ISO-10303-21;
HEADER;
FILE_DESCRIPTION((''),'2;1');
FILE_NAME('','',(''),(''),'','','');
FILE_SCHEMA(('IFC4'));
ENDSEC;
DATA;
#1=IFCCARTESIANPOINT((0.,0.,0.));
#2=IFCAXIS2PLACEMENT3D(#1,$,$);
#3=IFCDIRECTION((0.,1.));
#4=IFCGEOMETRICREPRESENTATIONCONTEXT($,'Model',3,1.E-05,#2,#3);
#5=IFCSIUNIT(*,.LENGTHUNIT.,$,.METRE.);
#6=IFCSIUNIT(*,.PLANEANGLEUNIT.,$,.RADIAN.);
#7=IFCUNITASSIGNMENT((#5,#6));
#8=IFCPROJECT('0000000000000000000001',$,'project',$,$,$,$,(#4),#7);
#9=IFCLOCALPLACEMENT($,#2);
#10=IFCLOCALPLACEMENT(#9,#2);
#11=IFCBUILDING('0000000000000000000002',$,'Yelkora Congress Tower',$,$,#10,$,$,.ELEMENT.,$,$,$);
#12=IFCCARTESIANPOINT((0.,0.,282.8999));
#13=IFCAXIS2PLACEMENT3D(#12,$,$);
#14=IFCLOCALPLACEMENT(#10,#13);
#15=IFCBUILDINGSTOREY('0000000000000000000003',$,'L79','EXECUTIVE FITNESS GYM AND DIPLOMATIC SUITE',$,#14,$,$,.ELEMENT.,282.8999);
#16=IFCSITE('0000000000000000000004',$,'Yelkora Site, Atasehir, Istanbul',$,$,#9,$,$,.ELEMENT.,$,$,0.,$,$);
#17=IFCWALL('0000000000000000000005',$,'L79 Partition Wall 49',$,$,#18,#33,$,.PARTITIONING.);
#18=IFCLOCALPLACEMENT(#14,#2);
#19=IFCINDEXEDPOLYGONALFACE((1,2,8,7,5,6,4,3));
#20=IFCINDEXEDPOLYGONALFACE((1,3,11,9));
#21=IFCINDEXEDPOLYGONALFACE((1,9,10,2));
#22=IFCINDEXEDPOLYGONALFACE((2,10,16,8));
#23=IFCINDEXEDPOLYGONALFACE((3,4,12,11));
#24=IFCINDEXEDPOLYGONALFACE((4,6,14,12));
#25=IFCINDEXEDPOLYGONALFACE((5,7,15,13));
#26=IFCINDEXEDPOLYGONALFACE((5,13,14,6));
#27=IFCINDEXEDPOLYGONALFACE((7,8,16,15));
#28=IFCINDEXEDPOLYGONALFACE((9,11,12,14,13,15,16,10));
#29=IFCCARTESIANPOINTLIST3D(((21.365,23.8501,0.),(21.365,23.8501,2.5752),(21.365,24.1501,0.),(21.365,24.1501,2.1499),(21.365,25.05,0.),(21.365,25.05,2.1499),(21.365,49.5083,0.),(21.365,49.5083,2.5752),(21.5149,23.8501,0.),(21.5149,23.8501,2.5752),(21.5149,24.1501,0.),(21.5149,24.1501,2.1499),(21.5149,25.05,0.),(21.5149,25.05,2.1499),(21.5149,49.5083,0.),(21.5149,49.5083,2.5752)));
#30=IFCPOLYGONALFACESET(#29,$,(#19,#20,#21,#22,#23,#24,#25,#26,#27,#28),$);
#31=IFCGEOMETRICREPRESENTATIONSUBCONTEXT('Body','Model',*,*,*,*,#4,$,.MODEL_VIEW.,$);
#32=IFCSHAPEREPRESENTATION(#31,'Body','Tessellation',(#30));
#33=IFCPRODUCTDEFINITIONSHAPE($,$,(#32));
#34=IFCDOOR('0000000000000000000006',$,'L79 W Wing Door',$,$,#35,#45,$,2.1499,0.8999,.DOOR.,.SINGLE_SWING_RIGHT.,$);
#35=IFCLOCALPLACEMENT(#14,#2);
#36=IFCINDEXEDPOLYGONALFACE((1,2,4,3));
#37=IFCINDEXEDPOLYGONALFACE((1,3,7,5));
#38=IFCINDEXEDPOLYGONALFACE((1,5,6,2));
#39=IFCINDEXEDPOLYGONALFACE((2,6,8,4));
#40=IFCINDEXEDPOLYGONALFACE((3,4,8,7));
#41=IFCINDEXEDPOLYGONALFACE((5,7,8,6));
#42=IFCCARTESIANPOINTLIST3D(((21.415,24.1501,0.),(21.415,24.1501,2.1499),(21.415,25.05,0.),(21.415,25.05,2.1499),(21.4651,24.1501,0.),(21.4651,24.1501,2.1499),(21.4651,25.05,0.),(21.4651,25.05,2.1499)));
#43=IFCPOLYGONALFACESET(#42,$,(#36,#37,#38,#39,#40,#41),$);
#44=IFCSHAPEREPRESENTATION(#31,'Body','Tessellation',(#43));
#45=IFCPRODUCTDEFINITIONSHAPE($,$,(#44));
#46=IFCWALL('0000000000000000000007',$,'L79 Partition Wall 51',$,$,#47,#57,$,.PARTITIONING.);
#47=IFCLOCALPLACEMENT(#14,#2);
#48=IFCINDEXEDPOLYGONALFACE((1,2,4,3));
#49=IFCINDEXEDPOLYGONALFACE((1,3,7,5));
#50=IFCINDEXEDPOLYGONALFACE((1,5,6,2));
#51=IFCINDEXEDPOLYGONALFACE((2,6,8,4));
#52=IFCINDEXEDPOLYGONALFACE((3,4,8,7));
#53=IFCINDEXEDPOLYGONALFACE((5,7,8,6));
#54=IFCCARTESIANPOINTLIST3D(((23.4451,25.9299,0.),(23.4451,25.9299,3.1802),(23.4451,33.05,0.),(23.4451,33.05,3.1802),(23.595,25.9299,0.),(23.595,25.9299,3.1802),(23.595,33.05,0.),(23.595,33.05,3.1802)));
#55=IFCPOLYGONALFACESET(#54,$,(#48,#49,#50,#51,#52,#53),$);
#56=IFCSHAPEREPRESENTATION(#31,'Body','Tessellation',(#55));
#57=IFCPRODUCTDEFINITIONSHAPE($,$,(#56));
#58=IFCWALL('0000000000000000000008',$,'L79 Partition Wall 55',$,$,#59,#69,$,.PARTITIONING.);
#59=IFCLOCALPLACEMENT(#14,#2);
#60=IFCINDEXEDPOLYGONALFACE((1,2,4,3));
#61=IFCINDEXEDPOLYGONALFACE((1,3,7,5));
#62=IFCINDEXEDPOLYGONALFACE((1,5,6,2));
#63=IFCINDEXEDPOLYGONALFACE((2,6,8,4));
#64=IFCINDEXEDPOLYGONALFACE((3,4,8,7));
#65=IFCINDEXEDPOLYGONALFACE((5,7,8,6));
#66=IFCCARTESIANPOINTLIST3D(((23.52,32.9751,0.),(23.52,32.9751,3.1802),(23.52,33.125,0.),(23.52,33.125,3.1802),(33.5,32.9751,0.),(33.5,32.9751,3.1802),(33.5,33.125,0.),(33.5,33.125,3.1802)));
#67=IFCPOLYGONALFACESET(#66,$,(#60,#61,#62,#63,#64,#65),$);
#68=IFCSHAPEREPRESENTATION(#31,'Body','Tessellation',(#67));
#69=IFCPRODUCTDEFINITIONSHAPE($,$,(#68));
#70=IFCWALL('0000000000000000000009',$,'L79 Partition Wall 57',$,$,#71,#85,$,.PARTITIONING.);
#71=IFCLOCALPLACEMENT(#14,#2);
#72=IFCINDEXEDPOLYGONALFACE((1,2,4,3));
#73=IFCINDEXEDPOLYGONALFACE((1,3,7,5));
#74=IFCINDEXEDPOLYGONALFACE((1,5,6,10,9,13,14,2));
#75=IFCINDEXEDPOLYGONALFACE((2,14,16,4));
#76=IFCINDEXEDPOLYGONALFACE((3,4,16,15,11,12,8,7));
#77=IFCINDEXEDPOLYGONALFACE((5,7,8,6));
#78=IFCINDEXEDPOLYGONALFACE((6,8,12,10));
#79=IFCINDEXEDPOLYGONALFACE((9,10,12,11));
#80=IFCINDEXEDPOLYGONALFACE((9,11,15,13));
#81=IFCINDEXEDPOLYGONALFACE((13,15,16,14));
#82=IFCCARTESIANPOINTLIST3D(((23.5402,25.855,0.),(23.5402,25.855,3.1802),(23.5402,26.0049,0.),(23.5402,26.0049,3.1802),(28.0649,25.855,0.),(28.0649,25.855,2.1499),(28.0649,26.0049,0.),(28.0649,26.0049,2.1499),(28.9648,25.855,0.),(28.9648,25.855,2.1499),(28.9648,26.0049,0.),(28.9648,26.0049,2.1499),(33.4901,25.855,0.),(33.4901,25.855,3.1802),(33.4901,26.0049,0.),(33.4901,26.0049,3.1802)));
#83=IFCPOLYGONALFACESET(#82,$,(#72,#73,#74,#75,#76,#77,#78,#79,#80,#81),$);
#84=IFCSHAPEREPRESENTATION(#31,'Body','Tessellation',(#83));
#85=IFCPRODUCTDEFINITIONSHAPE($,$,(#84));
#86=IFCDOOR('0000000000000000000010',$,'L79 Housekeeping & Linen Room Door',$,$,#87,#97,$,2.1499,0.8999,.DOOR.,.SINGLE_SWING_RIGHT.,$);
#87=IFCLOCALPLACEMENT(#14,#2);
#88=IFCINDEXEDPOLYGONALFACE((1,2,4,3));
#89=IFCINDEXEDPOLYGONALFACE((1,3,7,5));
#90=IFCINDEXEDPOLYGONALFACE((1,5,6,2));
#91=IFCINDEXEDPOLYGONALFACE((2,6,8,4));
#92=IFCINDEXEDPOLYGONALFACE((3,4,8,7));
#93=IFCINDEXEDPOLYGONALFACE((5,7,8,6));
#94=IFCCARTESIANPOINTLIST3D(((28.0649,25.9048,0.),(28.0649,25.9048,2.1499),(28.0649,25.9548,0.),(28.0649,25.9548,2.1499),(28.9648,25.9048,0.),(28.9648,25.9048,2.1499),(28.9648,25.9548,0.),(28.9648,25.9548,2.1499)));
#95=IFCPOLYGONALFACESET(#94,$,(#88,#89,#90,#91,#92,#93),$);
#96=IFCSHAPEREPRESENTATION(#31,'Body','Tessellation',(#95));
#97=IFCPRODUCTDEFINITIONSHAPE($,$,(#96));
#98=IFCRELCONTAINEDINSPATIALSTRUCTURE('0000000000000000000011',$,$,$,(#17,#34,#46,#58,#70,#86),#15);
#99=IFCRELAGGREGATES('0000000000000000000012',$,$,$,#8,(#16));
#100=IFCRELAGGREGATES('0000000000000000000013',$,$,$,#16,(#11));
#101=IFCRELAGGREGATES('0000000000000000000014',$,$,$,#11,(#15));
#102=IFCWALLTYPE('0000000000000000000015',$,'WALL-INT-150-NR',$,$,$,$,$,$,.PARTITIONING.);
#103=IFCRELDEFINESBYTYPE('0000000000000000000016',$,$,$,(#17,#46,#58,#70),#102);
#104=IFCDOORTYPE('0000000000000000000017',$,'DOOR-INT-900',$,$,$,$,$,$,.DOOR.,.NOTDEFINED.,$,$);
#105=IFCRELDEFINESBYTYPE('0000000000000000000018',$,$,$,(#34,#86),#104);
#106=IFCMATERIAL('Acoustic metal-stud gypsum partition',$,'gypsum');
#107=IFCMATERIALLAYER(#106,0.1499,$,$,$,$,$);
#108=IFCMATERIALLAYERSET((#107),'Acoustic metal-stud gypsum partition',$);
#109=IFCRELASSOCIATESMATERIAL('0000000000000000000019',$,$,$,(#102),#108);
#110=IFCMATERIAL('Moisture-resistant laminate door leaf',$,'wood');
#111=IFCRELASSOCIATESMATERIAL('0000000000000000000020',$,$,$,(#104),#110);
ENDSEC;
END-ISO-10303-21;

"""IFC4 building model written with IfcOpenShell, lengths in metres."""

from ifc_helpers import new_model, si_unit, direction, frame, frame_2d, origin, place, context, subcontext, project, spatial, rectangle, extrude, material, layer, layer_set, type_object, element, fill, save


model = new_model("IFC4")

# Units and contexts
model_context = context("Model", 3, precision=1e-05, world=origin(), true_north=direction((0.0, 1.0)))
body_context = subcontext(model_context, "Body", "Model", "MODEL_VIEW")
ifc_project = project(units=[si_unit("LENGTHUNIT", "METRE"), si_unit("PLANEANGLEUNIT", "RADIAN")], contexts=[model_context])

# Site, building, storey
site_placement = place(None, origin())
site = spatial("IfcSite", under=ifc_project, at=site_placement, Name="Yelkora Site, Atasehir, Istanbul", CompositionType="ELEMENT", RefElevation=0.0)
building_placement = place(site_placement, origin())
building = spatial("IfcBuilding", under=site, at=building_placement, Name="Yelkora Congress Tower", CompositionType="ELEMENT")
storey_placement = place(building_placement, frame((0.0, 0.0, 282.8999)))
storey = spatial("IfcBuildingStorey", under=building, at=storey_placement, Name="L79", Description="EXECUTIVE FITNESS GYM AND DIPLOMATIC SUITE", CompositionType="ELEMENT", Elevation=282.8999)

# Wall, opening, door
ifc_material_1 = material(Name="Acoustic metal-stud gypsum partition", Category="gypsum")
ifc_layer_1 = layer(ifc_material_1, 0.1499)
ifc_layer_set_1 = layer_set([ifc_layer_1], Name="Acoustic metal-stud gypsum partition")
wall_type_1 = type_object("IfcWallType", Name="WALL-INT-150-NR", PredefinedType="PARTITIONING", material=ifc_layer_set_1)
wall_1_placement = place(storey_placement, frame((21.4399, 23.8501, 0.0), z_axis=(0.0, 0.0, 1.0), x_axis=(0.0, 1.0, 0.0)))
wall_1 = element("IfcWall", 1, at=wall_1_placement, inside=storey, type_object=wall_type_1, Name="L79 Partition Wall 49", PredefinedType="PARTITIONING", context=body_context, shape_type="SweptSolid", body=[
    extrude(rectangle(XDim=25.6582, YDim=0.1499, at=frame_2d((12.8291, 0.0))), origin(), (0.0, 0.0, 1.0), 2.5752),
])
opening_1_placement = place(wall_1_placement, frame((0.3, 0.0, 0.0)))
opening_1 = element("IfcOpeningElement", 2, at=opening_1_placement, cuts=wall_1, PredefinedType="OPENING", context=body_context, shape_type="SweptSolid", body=[
    extrude(rectangle(XDim=0.8999, YDim=2.1499, at=frame_2d((0.45, 1.075))), frame((0.0, 0.085, 0.0), z_axis=(0.0, -1.0, 0.0), x_axis=(1.0, 0.0, 0.0)), (0.0, 0.0, 1.0), 0.1699),
])
ifc_material_2 = material(Name="Moisture-resistant laminate door leaf", Category="wood")
door_type_1 = type_object("IfcDoorType", Name="DOOR-INT-900", OperationType="NOTDEFINED", PredefinedType="DOOR", material=ifc_material_2)
door_1_placement = place(opening_1_placement, origin())
door_1 = element("IfcDoor", 3, at=door_1_placement, inside=storey, type_object=door_type_1, Name="L79 W Wing Door", OperationType="SINGLE_SWING_RIGHT", OverallHeight=2.1499, OverallWidth=0.8999, PredefinedType="DOOR", context=body_context, shape_type="SweptSolid", body=[
    extrude(rectangle(XDim=0.8999, YDim=2.1499, at=frame_2d((0.45, 1.075))), frame((0.0, 0.0249, 0.0), z_axis=(0.0, -1.0, 0.0), x_axis=(1.0, 0.0, 0.0)), (0.0, 0.0, 1.0), 0.05),
])
fill(opening_1, door_1)

# Walls
wall_2_placement = place(storey_placement, frame((23.52, 25.9299, 0.0), z_axis=(0.0, 0.0, 1.0), x_axis=(0.0, 1.0, 0.0)))
element("IfcWall", 4, at=wall_2_placement, inside=storey, type_object=wall_type_1, Name="L79 Partition Wall 51", PredefinedType="PARTITIONING", context=body_context, shape_type="SweptSolid", body=[
    extrude(rectangle(XDim=7.1201, YDim=0.1499, at=frame_2d((3.5601, 0.0))), origin(), (0.0, 0.0, 1.0), 3.1802),
])
wall_3_placement = place(storey_placement, frame((23.52, 33.05, 0.0), z_axis=(0.0, 0.0, 1.0), x_axis=(1.0, 0.0, 0.0)))
element("IfcWall", 5, at=wall_3_placement, inside=storey, type_object=wall_type_1, Name="L79 Partition Wall 55", PredefinedType="PARTITIONING", context=body_context, shape_type="SweptSolid", body=[
    extrude(rectangle(XDim=9.98, YDim=0.1499, at=frame_2d((4.99, 0.0))), origin(), (0.0, 0.0, 1.0), 3.1802),
])

# Wall, opening, door
wall_4_placement = place(storey_placement, frame((23.54, 25.9299, 0.0), z_axis=(0.0, 0.0, 1.0), x_axis=(1.0, 0.0, 0.0)))
wall_4 = element("IfcWall", 6, at=wall_4_placement, inside=storey, type_object=wall_type_1, Name="L79 Partition Wall 57", PredefinedType="PARTITIONING", context=body_context, shape_type="SweptSolid", body=[
    extrude(rectangle(XDim=9.95, YDim=0.1499, at=frame_2d((4.9751, 0.0))), origin(), (0.0, 0.0, 1.0), 3.1802),
])
opening_2_placement = place(wall_4_placement, frame((4.5249, 0.0, 0.0)))
opening_2 = element("IfcOpeningElement", 7, at=opening_2_placement, cuts=wall_4, PredefinedType="OPENING", context=body_context, shape_type="SweptSolid", body=[
    extrude(rectangle(XDim=0.8999, YDim=2.1499, at=frame_2d((0.45, 1.075))), frame((0.0, 0.085, 0.0), z_axis=(0.0, -1.0, 0.0), x_axis=(1.0, 0.0, 0.0)), (0.0, 0.0, 1.0), 0.1699),
])
door_2_placement = place(opening_2_placement, origin())
door_2 = element("IfcDoor", 8, at=door_2_placement, inside=storey, type_object=door_type_1, Name="L79 Housekeeping & Linen Room Door", OperationType="SINGLE_SWING_RIGHT", OverallHeight=2.1499, OverallWidth=0.8999, PredefinedType="DOOR", context=body_context, shape_type="SweptSolid", body=[
    extrude(rectangle(XDim=0.8999, YDim=2.1499, at=frame_2d((0.45, 1.075))), frame((0.0, 0.0249, 0.0), z_axis=(0.0, -1.0, 0.0), x_axis=(1.0, 0.0, 0.0)), (0.0, 0.0, 1.0), 0.05),
])
fill(opening_2, door_2)

save(model, "model.ifc")
